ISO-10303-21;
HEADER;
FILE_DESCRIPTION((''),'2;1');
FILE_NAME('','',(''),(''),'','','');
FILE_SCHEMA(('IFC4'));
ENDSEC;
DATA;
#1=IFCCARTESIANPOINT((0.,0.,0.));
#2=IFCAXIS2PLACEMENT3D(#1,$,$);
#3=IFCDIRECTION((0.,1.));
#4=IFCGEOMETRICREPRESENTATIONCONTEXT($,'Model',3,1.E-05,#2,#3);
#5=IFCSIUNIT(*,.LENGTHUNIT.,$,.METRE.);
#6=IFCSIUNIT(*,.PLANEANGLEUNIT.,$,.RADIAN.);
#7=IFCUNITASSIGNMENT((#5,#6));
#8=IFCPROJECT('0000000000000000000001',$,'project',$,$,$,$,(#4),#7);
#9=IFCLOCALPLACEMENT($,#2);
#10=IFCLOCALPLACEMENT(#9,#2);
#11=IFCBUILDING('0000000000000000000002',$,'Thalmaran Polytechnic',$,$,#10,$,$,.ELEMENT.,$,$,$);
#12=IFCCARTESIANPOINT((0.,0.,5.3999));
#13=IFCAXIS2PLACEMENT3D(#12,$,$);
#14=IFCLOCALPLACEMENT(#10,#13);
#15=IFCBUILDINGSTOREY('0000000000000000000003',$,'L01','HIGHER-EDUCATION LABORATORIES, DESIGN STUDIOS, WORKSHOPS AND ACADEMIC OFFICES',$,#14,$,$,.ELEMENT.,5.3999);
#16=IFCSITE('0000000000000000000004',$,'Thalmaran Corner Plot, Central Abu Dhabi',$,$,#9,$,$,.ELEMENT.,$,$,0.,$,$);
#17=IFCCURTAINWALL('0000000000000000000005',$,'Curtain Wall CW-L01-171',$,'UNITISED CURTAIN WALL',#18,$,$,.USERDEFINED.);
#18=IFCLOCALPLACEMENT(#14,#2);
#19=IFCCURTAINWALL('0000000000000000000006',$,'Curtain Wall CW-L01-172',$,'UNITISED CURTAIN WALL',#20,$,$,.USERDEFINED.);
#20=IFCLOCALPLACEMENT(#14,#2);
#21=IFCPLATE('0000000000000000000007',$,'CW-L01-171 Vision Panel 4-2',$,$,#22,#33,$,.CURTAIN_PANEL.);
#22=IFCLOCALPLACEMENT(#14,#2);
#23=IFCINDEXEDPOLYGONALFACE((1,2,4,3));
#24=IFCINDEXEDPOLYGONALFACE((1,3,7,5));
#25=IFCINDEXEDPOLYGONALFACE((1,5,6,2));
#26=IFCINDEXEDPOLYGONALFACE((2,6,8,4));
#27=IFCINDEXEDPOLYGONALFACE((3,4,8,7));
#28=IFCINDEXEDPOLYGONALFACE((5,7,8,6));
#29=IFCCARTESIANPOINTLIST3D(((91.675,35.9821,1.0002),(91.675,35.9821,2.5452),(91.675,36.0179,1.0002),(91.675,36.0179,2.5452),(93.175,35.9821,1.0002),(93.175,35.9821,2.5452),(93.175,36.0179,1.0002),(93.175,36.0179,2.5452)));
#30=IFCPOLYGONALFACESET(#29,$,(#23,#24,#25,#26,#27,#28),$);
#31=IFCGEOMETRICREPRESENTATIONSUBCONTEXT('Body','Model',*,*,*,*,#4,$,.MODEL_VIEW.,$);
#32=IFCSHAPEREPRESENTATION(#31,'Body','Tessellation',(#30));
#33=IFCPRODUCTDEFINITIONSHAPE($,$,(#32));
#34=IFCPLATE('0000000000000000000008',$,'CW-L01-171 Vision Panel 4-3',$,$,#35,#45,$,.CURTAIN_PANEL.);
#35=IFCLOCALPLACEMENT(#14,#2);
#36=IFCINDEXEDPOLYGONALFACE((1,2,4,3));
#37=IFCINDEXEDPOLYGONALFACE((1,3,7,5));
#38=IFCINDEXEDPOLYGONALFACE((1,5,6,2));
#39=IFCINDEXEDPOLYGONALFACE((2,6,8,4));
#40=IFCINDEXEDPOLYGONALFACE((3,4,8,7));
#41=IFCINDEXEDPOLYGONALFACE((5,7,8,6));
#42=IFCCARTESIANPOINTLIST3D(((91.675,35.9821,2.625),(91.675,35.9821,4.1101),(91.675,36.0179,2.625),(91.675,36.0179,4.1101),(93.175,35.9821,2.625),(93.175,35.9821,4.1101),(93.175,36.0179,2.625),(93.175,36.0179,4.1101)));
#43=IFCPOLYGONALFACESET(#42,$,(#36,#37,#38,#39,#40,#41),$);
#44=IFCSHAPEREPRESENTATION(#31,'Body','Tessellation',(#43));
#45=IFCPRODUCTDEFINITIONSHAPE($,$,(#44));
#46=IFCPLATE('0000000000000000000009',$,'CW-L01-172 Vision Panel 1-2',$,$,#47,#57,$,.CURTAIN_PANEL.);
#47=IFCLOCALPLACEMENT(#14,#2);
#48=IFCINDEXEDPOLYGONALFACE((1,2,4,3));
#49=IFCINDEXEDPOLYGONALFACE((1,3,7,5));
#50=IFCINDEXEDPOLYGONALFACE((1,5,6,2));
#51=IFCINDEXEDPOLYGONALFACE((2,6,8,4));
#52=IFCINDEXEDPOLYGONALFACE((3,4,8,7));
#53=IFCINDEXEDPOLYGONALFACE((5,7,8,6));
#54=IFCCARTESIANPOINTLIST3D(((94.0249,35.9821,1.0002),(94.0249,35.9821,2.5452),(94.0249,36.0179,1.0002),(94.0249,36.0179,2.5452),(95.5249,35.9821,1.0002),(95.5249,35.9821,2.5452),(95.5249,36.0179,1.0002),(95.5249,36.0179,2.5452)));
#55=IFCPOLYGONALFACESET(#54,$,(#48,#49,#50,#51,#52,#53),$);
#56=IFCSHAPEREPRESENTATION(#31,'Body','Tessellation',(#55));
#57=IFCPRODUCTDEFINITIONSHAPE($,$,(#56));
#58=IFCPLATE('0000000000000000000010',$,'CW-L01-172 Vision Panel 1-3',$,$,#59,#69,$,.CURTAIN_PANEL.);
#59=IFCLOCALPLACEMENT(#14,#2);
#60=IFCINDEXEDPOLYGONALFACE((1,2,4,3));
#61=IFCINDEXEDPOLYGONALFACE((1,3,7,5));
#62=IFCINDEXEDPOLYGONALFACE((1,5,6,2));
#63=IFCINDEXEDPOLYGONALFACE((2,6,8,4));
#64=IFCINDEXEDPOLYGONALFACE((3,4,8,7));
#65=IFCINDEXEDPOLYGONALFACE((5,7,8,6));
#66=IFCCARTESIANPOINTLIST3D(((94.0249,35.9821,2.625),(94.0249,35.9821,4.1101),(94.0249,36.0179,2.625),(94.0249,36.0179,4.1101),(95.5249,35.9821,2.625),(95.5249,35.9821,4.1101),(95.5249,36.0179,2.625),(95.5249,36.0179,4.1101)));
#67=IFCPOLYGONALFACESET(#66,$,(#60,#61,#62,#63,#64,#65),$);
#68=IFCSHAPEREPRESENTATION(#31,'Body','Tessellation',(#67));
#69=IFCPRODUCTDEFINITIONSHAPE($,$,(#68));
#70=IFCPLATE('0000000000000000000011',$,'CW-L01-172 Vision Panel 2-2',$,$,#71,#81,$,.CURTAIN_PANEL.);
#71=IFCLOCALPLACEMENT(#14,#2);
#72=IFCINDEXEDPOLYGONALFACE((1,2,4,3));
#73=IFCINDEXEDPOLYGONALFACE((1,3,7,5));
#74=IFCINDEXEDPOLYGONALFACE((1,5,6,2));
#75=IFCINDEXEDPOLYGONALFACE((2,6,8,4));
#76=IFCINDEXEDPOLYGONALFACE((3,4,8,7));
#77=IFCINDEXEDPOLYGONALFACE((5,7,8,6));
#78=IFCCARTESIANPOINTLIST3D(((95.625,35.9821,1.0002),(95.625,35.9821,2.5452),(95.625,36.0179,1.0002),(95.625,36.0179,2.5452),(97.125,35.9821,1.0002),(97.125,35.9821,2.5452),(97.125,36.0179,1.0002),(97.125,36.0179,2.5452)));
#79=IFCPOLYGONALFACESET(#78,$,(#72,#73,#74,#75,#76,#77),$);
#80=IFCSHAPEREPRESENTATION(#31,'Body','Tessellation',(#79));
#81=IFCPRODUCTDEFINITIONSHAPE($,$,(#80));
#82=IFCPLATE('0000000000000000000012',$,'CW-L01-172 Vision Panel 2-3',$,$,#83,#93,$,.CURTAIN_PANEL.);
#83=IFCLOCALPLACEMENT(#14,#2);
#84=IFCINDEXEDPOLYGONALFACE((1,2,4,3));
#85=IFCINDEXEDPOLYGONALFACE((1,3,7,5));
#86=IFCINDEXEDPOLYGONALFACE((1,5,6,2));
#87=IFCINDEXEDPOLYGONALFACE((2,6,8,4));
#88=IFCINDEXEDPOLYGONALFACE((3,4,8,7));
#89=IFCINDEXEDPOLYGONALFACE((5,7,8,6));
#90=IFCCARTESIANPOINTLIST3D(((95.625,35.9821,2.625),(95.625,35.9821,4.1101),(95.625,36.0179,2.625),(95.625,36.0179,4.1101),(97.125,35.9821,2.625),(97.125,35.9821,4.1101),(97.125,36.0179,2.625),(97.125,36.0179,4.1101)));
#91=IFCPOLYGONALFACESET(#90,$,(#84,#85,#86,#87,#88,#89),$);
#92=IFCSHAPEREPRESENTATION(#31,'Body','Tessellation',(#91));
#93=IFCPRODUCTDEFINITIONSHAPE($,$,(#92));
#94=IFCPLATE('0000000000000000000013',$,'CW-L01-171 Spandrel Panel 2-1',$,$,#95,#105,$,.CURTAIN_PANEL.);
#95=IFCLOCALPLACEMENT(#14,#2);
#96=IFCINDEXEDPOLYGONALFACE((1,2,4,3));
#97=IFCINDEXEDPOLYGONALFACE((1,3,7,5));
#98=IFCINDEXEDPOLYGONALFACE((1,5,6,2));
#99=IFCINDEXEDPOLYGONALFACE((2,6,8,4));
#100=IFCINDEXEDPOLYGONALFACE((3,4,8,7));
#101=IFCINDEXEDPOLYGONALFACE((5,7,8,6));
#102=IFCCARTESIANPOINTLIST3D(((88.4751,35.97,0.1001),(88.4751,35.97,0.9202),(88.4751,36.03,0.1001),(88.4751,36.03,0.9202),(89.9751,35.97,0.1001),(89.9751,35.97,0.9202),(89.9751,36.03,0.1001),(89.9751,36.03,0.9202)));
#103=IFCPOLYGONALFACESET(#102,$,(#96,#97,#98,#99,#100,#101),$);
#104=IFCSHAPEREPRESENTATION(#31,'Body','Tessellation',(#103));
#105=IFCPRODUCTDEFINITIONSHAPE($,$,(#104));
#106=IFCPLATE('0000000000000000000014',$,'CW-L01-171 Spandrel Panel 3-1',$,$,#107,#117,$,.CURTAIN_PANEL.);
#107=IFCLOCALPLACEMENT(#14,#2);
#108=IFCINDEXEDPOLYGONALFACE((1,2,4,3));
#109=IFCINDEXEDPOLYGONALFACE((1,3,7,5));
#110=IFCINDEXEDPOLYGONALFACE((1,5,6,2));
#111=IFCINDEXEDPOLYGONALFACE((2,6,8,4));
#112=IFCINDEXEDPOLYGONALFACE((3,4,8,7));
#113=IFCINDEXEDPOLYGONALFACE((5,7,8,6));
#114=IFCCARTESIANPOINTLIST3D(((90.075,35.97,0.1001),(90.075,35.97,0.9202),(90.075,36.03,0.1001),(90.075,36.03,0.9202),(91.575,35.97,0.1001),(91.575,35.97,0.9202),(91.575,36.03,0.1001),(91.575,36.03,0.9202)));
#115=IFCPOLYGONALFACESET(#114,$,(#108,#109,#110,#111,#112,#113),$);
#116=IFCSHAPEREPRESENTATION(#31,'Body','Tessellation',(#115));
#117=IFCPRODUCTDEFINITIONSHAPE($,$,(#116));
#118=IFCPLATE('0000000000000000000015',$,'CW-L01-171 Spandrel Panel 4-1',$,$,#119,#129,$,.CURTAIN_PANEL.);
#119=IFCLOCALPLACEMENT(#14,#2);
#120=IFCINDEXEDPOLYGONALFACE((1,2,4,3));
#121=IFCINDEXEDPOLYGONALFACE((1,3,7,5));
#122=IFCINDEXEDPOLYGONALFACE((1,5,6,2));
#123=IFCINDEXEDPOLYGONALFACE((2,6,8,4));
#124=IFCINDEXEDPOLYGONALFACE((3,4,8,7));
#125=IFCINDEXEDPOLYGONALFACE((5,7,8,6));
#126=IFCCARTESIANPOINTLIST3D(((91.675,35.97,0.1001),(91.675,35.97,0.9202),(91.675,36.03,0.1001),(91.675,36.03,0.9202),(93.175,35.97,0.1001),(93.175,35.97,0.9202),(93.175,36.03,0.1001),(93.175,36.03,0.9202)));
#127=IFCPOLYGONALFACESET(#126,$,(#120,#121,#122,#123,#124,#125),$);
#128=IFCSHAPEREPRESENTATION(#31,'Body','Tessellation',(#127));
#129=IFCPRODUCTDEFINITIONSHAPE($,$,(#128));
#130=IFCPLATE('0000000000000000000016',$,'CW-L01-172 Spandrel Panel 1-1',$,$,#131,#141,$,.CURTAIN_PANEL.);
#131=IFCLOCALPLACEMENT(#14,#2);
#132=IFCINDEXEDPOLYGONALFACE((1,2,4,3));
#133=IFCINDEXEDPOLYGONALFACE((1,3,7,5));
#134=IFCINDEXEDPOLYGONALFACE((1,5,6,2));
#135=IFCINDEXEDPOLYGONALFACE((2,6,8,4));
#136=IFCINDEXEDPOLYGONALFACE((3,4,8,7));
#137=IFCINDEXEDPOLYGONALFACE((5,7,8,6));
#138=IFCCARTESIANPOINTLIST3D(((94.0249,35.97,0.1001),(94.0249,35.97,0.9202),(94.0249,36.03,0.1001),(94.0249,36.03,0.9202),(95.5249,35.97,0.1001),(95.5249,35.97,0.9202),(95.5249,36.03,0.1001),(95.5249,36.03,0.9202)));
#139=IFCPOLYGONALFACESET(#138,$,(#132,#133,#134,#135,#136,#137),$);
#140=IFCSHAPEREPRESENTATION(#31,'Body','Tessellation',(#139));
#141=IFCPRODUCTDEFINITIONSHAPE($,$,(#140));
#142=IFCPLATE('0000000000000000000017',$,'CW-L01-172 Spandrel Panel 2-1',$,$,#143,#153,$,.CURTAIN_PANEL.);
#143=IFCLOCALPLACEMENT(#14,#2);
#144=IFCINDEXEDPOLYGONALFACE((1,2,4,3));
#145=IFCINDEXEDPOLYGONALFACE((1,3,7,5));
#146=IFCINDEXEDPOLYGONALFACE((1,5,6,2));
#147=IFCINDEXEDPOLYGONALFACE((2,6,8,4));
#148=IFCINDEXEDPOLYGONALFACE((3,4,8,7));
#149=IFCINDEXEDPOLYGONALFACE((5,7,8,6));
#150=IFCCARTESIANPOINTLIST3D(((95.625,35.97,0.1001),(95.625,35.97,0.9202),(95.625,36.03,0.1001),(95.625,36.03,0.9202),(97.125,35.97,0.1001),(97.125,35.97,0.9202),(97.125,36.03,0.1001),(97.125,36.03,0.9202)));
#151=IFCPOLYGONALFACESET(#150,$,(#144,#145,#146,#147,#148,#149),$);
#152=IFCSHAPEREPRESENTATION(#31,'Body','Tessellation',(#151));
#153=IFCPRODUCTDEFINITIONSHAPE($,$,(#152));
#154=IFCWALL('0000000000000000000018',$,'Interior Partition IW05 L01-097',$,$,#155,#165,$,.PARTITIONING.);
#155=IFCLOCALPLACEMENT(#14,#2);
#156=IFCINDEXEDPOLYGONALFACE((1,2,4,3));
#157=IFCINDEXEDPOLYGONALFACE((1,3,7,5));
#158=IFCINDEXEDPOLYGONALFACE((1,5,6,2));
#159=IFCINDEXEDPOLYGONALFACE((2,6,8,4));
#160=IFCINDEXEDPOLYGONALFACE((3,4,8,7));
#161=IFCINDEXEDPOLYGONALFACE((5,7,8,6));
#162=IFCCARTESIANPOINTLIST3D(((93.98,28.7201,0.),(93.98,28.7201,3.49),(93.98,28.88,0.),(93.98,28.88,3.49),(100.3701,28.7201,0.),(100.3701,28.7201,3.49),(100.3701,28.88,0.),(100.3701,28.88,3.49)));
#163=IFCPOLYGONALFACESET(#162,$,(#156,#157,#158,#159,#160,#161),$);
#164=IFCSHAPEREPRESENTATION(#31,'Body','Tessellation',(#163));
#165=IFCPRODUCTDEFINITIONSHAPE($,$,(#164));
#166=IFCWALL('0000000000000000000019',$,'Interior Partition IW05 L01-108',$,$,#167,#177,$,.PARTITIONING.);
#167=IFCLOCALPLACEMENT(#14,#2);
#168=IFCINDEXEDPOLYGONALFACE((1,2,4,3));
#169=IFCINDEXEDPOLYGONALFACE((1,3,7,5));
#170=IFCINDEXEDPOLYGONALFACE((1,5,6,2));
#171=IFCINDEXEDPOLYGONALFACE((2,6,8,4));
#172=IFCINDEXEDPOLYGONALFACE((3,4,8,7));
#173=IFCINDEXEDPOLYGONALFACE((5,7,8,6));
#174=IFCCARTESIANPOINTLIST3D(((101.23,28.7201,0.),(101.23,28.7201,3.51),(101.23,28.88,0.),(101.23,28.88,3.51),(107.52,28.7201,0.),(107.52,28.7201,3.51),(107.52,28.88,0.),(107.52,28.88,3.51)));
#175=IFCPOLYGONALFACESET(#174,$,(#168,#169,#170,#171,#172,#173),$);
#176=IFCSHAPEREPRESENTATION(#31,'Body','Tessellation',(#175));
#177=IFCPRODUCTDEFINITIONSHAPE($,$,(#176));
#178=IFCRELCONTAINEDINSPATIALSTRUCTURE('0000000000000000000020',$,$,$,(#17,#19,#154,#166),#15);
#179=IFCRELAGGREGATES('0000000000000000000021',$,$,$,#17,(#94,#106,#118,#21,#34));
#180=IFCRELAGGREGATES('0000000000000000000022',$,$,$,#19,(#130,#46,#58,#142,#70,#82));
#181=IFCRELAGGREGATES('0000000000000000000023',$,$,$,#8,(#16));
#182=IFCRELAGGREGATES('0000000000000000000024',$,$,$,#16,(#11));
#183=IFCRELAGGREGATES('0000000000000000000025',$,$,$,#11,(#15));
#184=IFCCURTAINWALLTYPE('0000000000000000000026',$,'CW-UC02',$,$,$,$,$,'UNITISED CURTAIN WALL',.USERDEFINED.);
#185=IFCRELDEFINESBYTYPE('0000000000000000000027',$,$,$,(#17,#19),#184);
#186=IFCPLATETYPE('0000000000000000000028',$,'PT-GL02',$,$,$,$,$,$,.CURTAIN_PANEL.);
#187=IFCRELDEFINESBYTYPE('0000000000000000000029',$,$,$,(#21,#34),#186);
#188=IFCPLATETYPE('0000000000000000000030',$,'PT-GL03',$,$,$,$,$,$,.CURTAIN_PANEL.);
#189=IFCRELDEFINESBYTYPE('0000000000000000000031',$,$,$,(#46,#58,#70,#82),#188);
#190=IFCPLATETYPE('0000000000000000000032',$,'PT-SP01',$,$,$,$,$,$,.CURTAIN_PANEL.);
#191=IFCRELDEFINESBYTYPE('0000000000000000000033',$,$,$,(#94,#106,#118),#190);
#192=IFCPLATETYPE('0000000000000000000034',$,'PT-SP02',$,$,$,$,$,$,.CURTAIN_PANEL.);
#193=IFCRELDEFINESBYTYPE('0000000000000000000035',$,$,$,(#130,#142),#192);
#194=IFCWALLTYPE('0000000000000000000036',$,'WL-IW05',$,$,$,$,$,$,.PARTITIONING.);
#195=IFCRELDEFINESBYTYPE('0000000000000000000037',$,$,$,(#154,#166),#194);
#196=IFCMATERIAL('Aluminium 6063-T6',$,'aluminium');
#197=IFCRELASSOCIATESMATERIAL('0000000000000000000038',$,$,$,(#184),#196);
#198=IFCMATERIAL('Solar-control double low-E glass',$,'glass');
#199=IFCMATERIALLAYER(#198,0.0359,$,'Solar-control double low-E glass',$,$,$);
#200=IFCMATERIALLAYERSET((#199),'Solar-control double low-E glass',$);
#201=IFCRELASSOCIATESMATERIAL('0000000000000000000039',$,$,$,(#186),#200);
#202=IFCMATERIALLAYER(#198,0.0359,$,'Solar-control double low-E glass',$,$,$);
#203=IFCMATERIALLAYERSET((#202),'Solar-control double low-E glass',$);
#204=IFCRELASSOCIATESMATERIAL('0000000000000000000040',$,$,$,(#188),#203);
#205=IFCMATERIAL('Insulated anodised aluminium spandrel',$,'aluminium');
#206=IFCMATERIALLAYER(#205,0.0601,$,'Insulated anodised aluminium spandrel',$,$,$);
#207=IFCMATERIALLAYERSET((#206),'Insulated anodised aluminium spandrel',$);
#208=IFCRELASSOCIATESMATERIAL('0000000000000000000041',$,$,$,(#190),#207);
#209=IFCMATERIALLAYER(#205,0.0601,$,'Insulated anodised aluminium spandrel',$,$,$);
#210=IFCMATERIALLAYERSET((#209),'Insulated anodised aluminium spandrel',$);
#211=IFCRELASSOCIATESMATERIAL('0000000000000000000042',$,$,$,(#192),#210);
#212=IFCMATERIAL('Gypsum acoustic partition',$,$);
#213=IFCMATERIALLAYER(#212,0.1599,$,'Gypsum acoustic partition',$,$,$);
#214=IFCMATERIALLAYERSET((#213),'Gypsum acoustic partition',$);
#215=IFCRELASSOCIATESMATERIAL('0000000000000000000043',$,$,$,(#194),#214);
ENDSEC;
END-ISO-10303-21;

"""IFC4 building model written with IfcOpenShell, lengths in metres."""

from ifc_helpers import new_model, si_unit, direction, frame, frame_2d, origin, origin_2d, place, context, subcontext, project, spatial, rectangle, extrude, material, layer, layer_set, type_object, element, aggregate, save


model = new_model("IFC4")

# Units and contexts
model_context = context("Model", 3, precision=1e-05, world=origin(), true_north=direction((0.0, 1.0)))
body_context = subcontext(model_context, "Body", "Model", "MODEL_VIEW")
ifc_project = project(units=[si_unit("LENGTHUNIT", "METRE"), si_unit("PLANEANGLEUNIT", "RADIAN")], contexts=[model_context])

# Site, building, storey
site_placement = place(None, origin())
site = spatial("IfcSite", under=ifc_project, at=site_placement, Name="Thalmaran Corner Plot, Central Abu Dhabi", CompositionType="ELEMENT", RefElevation=0.0)
building_placement = place(site_placement, origin())
building = spatial("IfcBuilding", under=site, at=building_placement, Name="Thalmaran Polytechnic", CompositionType="ELEMENT")
storey_placement = place(building_placement, frame((0.0, 0.0, 5.3999)))
storey = spatial("IfcBuildingStorey", under=building, at=storey_placement, Name="L01", Description="HIGHER-EDUCATION LABORATORIES, DESIGN STUDIOS, WORKSHOPS AND ACADEMIC OFFICES", CompositionType="ELEMENT", Elevation=5.3999)

# Curtain walls
ifc_material_1 = material(Name="Aluminium 6063-T6", Category="aluminium")
curtain_wall_type = type_object("IfcCurtainWallType", Name="CW-UC02", ElementType="UNITISED CURTAIN WALL", PredefinedType="USERDEFINED", material=ifc_material_1)
curtain_wall_1_placement = place(storey_placement, origin())
curtain_wall_1 = element("IfcCurtainWall", 1, at=curtain_wall_1_placement, inside=storey, type_object=curtain_wall_type, Name="Curtain Wall CW-L01-171", ObjectType="UNITISED CURTAIN WALL", PredefinedType="USERDEFINED")
curtain_wall_2_placement = place(storey_placement, origin())
curtain_wall_2 = element("IfcCurtainWall", 2, at=curtain_wall_2_placement, inside=storey, type_object=curtain_wall_type, Name="Curtain Wall CW-L01-172", ObjectType="UNITISED CURTAIN WALL", PredefinedType="USERDEFINED")

# Plates
ifc_material_2 = material(Name="Solar-control double low-E glass", Category="glass")
ifc_layer_1 = layer(ifc_material_2, 0.0359, Name="Solar-control double low-E glass")
ifc_layer_set_1 = layer_set([ifc_layer_1], Name="Solar-control double low-E glass")
plate_type_1 = type_object("IfcPlateType", Name="PT-GL02", PredefinedType="CURTAIN_PANEL", material=ifc_layer_set_1)
plate_1_placement = place(storey_placement, frame((92.425, 36.0, 1.0002), z_axis=(0.0, 0.0, 1.0), x_axis=(1.0, 0.0, 0.0)))
plate_1 = element("IfcPlate", 3, at=plate_1_placement, type_object=plate_type_1, Name="CW-L01-171 Vision Panel 4-2", PredefinedType="CURTAIN_PANEL", context=body_context, shape_type="SweptSolid", body=[
    extrude(rectangle(XDim=1.5, YDim=0.0359, at=origin_2d()), origin(), (0.0, 0.0, 1.0), 1.5449),
])
plate_2_placement = place(storey_placement, frame((92.425, 36.0, 2.625), z_axis=(0.0, 0.0, 1.0), x_axis=(1.0, 0.0, 0.0)))
plate_2 = element("IfcPlate", 4, at=plate_2_placement, type_object=plate_type_1, Name="CW-L01-171 Vision Panel 4-3", PredefinedType="CURTAIN_PANEL", context=body_context, shape_type="SweptSolid", body=[
    extrude(rectangle(XDim=1.5, YDim=0.0359, at=origin_2d()), origin(), (0.0, 0.0, 1.0), 1.4851),
])
ifc_layer_2 = layer(ifc_material_2, 0.0359, Name="Solar-control double low-E glass")
ifc_layer_set_2 = layer_set([ifc_layer_2], Name="Solar-control double low-E glass")
plate_type_2 = type_object("IfcPlateType", Name="PT-GL03", PredefinedType="CURTAIN_PANEL", material=ifc_layer_set_2)
plate_3_placement = place(storey_placement, frame((94.7749, 36.0, 1.0002), z_axis=(0.0, 0.0, 1.0), x_axis=(1.0, 0.0, 0.0)))
plate_3 = element("IfcPlate", 5, at=plate_3_placement, type_object=plate_type_2, Name="CW-L01-172 Vision Panel 1-2", PredefinedType="CURTAIN_PANEL", context=body_context, shape_type="SweptSolid", body=[
    extrude(rectangle(XDim=1.5, YDim=0.0359, at=origin_2d()), origin(), (0.0, 0.0, 1.0), 1.5449),
])
plate_4_placement = place(storey_placement, frame((94.7749, 36.0, 2.625), z_axis=(0.0, 0.0, 1.0), x_axis=(1.0, 0.0, 0.0)))
plate_4 = element("IfcPlate", 6, at=plate_4_placement, type_object=plate_type_2, Name="CW-L01-172 Vision Panel 1-3", PredefinedType="CURTAIN_PANEL", context=body_context, shape_type="SweptSolid", body=[
    extrude(rectangle(XDim=1.5, YDim=0.0359, at=origin_2d()), origin(), (0.0, 0.0, 1.0), 1.4851),
])
plate_5_placement = place(storey_placement, frame((96.375, 36.0, 1.0002), z_axis=(0.0, 0.0, 1.0), x_axis=(1.0, 0.0, 0.0)))
plate_5 = element("IfcPlate", 7, at=plate_5_placement, type_object=plate_type_2, Name="CW-L01-172 Vision Panel 2-2", PredefinedType="CURTAIN_PANEL", context=body_context, shape_type="SweptSolid", body=[
    extrude(rectangle(XDim=1.5, YDim=0.0359, at=origin_2d()), origin(), (0.0, 0.0, 1.0), 1.5449),
])
plate_6_placement = place(storey_placement, frame((96.375, 36.0, 2.625), z_axis=(0.0, 0.0, 1.0), x_axis=(1.0, 0.0, 0.0)))
plate_6 = element("IfcPlate", 8, at=plate_6_placement, type_object=plate_type_2, Name="CW-L01-172 Vision Panel 2-3", PredefinedType="CURTAIN_PANEL", context=body_context, shape_type="SweptSolid", body=[
    extrude(rectangle(XDim=1.5, YDim=0.0359, at=origin_2d()), origin(), (0.0, 0.0, 1.0), 1.4851),
])
ifc_material_3 = material(Name="Insulated anodised aluminium spandrel", Category="aluminium")
ifc_layer_3 = layer(ifc_material_3, 0.0601, Name="Insulated anodised aluminium spandrel")
ifc_layer_set_3 = layer_set([ifc_layer_3], Name="Insulated anodised aluminium spandrel")
plate_type_3 = type_object("IfcPlateType", Name="PT-SP01", PredefinedType="CURTAIN_PANEL", material=ifc_layer_set_3)
plate_7_placement = place(storey_placement, frame((89.2251, 36.0, 0.1001), z_axis=(0.0, 0.0, 1.0), x_axis=(1.0, 0.0, 0.0)))
plate_7 = element("IfcPlate", 9, at=plate_7_placement, type_object=plate_type_3, Name="CW-L01-171 Spandrel Panel 2-1", PredefinedType="CURTAIN_PANEL", context=body_context, shape_type="SweptSolid", body=[
    extrude(rectangle(XDim=1.5, YDim=0.0601, at=origin_2d()), origin(), (0.0, 0.0, 1.0), 0.8201),
])
plate_8_placement = place(storey_placement, frame((90.825, 36.0, 0.1001), z_axis=(0.0, 0.0, 1.0), x_axis=(1.0, 0.0, 0.0)))
plate_8 = element("IfcPlate", 10, at=plate_8_placement, type_object=plate_type_3, Name="CW-L01-171 Spandrel Panel 3-1", PredefinedType="CURTAIN_PANEL", context=body_context, shape_type="SweptSolid", body=[
    extrude(rectangle(XDim=1.5, YDim=0.0601, at=origin_2d()), origin(), (0.0, 0.0, 1.0), 0.8201),
])
plate_9_placement = place(storey_placement, frame((92.425, 36.0, 0.1001), z_axis=(0.0, 0.0, 1.0), x_axis=(1.0, 0.0, 0.0)))
plate_9 = element("IfcPlate", 11, at=plate_9_placement, type_object=plate_type_3, Name="CW-L01-171 Spandrel Panel 4-1", PredefinedType="CURTAIN_PANEL", context=body_context, shape_type="SweptSolid", body=[
    extrude(rectangle(XDim=1.5, YDim=0.0601, at=origin_2d()), origin(), (0.0, 0.0, 1.0), 0.8201),
])
aggregate(curtain_wall_1, [plate_7, plate_8, plate_9, plate_1, plate_2])
ifc_layer_4 = layer(ifc_material_3, 0.0601, Name="Insulated anodised aluminium spandrel")
ifc_layer_set_4 = layer_set([ifc_layer_4], Name="Insulated anodised aluminium spandrel")
plate_type_4 = type_object("IfcPlateType", Name="PT-SP02", PredefinedType="CURTAIN_PANEL", material=ifc_layer_set_4)
plate_10_placement = place(storey_placement, frame((94.7749, 36.0, 0.1001), z_axis=(0.0, 0.0, 1.0), x_axis=(1.0, 0.0, 0.0)))
plate_10 = element("IfcPlate", 12, at=plate_10_placement, type_object=plate_type_4, Name="CW-L01-172 Spandrel Panel 1-1", PredefinedType="CURTAIN_PANEL", context=body_context, shape_type="SweptSolid", body=[
    extrude(rectangle(XDim=1.5, YDim=0.0601, at=origin_2d()), origin(), (0.0, 0.0, 1.0), 0.8201),
])
plate_11_placement = place(storey_placement, frame((96.375, 36.0, 0.1001), z_axis=(0.0, 0.0, 1.0), x_axis=(1.0, 0.0, 0.0)))
plate_11 = element("IfcPlate", 13, at=plate_11_placement, type_object=plate_type_4, Name="CW-L01-172 Spandrel Panel 2-1", PredefinedType="CURTAIN_PANEL", context=body_context, shape_type="SweptSolid", body=[
    extrude(rectangle(XDim=1.5, YDim=0.0601, at=origin_2d()), origin(), (0.0, 0.0, 1.0), 0.8201),
])
aggregate(curtain_wall_2, [plate_10, plate_3, plate_4, plate_11, plate_5, plate_6])

# Walls
ifc_material_4 = material(Name="Gypsum acoustic partition")
ifc_layer_5 = layer(ifc_material_4, 0.1599, Name="Gypsum acoustic partition")
ifc_layer_set_5 = layer_set([ifc_layer_5], Name="Gypsum acoustic partition")
wall_type = type_object("IfcWallType", Name="WL-IW05", PredefinedType="PARTITIONING", material=ifc_layer_set_5)
wall_1_placement = place(storey_placement, frame((93.98, 28.8, 0.0), z_axis=(0.0, 0.0, 1.0), x_axis=(1.0, 0.0, 0.0)))
element("IfcWall", 14, at=wall_1_placement, inside=storey, type_object=wall_type, Name="Interior Partition IW05 L01-097", PredefinedType="PARTITIONING", context=body_context, shape_type="SweptSolid", body=[
    extrude(rectangle(XDim=6.3901, YDim=0.1599, at=frame_2d((3.1951, 0.0))), origin(), (0.0, 0.0, 1.0), 3.49),
])
wall_2_placement = place(storey_placement, frame((101.23, 28.8, 0.0), z_axis=(0.0, 0.0, 1.0), x_axis=(1.0, 0.0, 0.0)))
element("IfcWall", 15, at=wall_2_placement, inside=storey, type_object=wall_type, Name="Interior Partition IW05 L01-108", PredefinedType="PARTITIONING", context=body_context, shape_type="SweptSolid", body=[
    extrude(rectangle(XDim=6.29, YDim=0.1599, at=frame_2d((3.145, 0.0))), origin(), (0.0, 0.0, 1.0), 3.51),
])

save(model, "model.ifc")
